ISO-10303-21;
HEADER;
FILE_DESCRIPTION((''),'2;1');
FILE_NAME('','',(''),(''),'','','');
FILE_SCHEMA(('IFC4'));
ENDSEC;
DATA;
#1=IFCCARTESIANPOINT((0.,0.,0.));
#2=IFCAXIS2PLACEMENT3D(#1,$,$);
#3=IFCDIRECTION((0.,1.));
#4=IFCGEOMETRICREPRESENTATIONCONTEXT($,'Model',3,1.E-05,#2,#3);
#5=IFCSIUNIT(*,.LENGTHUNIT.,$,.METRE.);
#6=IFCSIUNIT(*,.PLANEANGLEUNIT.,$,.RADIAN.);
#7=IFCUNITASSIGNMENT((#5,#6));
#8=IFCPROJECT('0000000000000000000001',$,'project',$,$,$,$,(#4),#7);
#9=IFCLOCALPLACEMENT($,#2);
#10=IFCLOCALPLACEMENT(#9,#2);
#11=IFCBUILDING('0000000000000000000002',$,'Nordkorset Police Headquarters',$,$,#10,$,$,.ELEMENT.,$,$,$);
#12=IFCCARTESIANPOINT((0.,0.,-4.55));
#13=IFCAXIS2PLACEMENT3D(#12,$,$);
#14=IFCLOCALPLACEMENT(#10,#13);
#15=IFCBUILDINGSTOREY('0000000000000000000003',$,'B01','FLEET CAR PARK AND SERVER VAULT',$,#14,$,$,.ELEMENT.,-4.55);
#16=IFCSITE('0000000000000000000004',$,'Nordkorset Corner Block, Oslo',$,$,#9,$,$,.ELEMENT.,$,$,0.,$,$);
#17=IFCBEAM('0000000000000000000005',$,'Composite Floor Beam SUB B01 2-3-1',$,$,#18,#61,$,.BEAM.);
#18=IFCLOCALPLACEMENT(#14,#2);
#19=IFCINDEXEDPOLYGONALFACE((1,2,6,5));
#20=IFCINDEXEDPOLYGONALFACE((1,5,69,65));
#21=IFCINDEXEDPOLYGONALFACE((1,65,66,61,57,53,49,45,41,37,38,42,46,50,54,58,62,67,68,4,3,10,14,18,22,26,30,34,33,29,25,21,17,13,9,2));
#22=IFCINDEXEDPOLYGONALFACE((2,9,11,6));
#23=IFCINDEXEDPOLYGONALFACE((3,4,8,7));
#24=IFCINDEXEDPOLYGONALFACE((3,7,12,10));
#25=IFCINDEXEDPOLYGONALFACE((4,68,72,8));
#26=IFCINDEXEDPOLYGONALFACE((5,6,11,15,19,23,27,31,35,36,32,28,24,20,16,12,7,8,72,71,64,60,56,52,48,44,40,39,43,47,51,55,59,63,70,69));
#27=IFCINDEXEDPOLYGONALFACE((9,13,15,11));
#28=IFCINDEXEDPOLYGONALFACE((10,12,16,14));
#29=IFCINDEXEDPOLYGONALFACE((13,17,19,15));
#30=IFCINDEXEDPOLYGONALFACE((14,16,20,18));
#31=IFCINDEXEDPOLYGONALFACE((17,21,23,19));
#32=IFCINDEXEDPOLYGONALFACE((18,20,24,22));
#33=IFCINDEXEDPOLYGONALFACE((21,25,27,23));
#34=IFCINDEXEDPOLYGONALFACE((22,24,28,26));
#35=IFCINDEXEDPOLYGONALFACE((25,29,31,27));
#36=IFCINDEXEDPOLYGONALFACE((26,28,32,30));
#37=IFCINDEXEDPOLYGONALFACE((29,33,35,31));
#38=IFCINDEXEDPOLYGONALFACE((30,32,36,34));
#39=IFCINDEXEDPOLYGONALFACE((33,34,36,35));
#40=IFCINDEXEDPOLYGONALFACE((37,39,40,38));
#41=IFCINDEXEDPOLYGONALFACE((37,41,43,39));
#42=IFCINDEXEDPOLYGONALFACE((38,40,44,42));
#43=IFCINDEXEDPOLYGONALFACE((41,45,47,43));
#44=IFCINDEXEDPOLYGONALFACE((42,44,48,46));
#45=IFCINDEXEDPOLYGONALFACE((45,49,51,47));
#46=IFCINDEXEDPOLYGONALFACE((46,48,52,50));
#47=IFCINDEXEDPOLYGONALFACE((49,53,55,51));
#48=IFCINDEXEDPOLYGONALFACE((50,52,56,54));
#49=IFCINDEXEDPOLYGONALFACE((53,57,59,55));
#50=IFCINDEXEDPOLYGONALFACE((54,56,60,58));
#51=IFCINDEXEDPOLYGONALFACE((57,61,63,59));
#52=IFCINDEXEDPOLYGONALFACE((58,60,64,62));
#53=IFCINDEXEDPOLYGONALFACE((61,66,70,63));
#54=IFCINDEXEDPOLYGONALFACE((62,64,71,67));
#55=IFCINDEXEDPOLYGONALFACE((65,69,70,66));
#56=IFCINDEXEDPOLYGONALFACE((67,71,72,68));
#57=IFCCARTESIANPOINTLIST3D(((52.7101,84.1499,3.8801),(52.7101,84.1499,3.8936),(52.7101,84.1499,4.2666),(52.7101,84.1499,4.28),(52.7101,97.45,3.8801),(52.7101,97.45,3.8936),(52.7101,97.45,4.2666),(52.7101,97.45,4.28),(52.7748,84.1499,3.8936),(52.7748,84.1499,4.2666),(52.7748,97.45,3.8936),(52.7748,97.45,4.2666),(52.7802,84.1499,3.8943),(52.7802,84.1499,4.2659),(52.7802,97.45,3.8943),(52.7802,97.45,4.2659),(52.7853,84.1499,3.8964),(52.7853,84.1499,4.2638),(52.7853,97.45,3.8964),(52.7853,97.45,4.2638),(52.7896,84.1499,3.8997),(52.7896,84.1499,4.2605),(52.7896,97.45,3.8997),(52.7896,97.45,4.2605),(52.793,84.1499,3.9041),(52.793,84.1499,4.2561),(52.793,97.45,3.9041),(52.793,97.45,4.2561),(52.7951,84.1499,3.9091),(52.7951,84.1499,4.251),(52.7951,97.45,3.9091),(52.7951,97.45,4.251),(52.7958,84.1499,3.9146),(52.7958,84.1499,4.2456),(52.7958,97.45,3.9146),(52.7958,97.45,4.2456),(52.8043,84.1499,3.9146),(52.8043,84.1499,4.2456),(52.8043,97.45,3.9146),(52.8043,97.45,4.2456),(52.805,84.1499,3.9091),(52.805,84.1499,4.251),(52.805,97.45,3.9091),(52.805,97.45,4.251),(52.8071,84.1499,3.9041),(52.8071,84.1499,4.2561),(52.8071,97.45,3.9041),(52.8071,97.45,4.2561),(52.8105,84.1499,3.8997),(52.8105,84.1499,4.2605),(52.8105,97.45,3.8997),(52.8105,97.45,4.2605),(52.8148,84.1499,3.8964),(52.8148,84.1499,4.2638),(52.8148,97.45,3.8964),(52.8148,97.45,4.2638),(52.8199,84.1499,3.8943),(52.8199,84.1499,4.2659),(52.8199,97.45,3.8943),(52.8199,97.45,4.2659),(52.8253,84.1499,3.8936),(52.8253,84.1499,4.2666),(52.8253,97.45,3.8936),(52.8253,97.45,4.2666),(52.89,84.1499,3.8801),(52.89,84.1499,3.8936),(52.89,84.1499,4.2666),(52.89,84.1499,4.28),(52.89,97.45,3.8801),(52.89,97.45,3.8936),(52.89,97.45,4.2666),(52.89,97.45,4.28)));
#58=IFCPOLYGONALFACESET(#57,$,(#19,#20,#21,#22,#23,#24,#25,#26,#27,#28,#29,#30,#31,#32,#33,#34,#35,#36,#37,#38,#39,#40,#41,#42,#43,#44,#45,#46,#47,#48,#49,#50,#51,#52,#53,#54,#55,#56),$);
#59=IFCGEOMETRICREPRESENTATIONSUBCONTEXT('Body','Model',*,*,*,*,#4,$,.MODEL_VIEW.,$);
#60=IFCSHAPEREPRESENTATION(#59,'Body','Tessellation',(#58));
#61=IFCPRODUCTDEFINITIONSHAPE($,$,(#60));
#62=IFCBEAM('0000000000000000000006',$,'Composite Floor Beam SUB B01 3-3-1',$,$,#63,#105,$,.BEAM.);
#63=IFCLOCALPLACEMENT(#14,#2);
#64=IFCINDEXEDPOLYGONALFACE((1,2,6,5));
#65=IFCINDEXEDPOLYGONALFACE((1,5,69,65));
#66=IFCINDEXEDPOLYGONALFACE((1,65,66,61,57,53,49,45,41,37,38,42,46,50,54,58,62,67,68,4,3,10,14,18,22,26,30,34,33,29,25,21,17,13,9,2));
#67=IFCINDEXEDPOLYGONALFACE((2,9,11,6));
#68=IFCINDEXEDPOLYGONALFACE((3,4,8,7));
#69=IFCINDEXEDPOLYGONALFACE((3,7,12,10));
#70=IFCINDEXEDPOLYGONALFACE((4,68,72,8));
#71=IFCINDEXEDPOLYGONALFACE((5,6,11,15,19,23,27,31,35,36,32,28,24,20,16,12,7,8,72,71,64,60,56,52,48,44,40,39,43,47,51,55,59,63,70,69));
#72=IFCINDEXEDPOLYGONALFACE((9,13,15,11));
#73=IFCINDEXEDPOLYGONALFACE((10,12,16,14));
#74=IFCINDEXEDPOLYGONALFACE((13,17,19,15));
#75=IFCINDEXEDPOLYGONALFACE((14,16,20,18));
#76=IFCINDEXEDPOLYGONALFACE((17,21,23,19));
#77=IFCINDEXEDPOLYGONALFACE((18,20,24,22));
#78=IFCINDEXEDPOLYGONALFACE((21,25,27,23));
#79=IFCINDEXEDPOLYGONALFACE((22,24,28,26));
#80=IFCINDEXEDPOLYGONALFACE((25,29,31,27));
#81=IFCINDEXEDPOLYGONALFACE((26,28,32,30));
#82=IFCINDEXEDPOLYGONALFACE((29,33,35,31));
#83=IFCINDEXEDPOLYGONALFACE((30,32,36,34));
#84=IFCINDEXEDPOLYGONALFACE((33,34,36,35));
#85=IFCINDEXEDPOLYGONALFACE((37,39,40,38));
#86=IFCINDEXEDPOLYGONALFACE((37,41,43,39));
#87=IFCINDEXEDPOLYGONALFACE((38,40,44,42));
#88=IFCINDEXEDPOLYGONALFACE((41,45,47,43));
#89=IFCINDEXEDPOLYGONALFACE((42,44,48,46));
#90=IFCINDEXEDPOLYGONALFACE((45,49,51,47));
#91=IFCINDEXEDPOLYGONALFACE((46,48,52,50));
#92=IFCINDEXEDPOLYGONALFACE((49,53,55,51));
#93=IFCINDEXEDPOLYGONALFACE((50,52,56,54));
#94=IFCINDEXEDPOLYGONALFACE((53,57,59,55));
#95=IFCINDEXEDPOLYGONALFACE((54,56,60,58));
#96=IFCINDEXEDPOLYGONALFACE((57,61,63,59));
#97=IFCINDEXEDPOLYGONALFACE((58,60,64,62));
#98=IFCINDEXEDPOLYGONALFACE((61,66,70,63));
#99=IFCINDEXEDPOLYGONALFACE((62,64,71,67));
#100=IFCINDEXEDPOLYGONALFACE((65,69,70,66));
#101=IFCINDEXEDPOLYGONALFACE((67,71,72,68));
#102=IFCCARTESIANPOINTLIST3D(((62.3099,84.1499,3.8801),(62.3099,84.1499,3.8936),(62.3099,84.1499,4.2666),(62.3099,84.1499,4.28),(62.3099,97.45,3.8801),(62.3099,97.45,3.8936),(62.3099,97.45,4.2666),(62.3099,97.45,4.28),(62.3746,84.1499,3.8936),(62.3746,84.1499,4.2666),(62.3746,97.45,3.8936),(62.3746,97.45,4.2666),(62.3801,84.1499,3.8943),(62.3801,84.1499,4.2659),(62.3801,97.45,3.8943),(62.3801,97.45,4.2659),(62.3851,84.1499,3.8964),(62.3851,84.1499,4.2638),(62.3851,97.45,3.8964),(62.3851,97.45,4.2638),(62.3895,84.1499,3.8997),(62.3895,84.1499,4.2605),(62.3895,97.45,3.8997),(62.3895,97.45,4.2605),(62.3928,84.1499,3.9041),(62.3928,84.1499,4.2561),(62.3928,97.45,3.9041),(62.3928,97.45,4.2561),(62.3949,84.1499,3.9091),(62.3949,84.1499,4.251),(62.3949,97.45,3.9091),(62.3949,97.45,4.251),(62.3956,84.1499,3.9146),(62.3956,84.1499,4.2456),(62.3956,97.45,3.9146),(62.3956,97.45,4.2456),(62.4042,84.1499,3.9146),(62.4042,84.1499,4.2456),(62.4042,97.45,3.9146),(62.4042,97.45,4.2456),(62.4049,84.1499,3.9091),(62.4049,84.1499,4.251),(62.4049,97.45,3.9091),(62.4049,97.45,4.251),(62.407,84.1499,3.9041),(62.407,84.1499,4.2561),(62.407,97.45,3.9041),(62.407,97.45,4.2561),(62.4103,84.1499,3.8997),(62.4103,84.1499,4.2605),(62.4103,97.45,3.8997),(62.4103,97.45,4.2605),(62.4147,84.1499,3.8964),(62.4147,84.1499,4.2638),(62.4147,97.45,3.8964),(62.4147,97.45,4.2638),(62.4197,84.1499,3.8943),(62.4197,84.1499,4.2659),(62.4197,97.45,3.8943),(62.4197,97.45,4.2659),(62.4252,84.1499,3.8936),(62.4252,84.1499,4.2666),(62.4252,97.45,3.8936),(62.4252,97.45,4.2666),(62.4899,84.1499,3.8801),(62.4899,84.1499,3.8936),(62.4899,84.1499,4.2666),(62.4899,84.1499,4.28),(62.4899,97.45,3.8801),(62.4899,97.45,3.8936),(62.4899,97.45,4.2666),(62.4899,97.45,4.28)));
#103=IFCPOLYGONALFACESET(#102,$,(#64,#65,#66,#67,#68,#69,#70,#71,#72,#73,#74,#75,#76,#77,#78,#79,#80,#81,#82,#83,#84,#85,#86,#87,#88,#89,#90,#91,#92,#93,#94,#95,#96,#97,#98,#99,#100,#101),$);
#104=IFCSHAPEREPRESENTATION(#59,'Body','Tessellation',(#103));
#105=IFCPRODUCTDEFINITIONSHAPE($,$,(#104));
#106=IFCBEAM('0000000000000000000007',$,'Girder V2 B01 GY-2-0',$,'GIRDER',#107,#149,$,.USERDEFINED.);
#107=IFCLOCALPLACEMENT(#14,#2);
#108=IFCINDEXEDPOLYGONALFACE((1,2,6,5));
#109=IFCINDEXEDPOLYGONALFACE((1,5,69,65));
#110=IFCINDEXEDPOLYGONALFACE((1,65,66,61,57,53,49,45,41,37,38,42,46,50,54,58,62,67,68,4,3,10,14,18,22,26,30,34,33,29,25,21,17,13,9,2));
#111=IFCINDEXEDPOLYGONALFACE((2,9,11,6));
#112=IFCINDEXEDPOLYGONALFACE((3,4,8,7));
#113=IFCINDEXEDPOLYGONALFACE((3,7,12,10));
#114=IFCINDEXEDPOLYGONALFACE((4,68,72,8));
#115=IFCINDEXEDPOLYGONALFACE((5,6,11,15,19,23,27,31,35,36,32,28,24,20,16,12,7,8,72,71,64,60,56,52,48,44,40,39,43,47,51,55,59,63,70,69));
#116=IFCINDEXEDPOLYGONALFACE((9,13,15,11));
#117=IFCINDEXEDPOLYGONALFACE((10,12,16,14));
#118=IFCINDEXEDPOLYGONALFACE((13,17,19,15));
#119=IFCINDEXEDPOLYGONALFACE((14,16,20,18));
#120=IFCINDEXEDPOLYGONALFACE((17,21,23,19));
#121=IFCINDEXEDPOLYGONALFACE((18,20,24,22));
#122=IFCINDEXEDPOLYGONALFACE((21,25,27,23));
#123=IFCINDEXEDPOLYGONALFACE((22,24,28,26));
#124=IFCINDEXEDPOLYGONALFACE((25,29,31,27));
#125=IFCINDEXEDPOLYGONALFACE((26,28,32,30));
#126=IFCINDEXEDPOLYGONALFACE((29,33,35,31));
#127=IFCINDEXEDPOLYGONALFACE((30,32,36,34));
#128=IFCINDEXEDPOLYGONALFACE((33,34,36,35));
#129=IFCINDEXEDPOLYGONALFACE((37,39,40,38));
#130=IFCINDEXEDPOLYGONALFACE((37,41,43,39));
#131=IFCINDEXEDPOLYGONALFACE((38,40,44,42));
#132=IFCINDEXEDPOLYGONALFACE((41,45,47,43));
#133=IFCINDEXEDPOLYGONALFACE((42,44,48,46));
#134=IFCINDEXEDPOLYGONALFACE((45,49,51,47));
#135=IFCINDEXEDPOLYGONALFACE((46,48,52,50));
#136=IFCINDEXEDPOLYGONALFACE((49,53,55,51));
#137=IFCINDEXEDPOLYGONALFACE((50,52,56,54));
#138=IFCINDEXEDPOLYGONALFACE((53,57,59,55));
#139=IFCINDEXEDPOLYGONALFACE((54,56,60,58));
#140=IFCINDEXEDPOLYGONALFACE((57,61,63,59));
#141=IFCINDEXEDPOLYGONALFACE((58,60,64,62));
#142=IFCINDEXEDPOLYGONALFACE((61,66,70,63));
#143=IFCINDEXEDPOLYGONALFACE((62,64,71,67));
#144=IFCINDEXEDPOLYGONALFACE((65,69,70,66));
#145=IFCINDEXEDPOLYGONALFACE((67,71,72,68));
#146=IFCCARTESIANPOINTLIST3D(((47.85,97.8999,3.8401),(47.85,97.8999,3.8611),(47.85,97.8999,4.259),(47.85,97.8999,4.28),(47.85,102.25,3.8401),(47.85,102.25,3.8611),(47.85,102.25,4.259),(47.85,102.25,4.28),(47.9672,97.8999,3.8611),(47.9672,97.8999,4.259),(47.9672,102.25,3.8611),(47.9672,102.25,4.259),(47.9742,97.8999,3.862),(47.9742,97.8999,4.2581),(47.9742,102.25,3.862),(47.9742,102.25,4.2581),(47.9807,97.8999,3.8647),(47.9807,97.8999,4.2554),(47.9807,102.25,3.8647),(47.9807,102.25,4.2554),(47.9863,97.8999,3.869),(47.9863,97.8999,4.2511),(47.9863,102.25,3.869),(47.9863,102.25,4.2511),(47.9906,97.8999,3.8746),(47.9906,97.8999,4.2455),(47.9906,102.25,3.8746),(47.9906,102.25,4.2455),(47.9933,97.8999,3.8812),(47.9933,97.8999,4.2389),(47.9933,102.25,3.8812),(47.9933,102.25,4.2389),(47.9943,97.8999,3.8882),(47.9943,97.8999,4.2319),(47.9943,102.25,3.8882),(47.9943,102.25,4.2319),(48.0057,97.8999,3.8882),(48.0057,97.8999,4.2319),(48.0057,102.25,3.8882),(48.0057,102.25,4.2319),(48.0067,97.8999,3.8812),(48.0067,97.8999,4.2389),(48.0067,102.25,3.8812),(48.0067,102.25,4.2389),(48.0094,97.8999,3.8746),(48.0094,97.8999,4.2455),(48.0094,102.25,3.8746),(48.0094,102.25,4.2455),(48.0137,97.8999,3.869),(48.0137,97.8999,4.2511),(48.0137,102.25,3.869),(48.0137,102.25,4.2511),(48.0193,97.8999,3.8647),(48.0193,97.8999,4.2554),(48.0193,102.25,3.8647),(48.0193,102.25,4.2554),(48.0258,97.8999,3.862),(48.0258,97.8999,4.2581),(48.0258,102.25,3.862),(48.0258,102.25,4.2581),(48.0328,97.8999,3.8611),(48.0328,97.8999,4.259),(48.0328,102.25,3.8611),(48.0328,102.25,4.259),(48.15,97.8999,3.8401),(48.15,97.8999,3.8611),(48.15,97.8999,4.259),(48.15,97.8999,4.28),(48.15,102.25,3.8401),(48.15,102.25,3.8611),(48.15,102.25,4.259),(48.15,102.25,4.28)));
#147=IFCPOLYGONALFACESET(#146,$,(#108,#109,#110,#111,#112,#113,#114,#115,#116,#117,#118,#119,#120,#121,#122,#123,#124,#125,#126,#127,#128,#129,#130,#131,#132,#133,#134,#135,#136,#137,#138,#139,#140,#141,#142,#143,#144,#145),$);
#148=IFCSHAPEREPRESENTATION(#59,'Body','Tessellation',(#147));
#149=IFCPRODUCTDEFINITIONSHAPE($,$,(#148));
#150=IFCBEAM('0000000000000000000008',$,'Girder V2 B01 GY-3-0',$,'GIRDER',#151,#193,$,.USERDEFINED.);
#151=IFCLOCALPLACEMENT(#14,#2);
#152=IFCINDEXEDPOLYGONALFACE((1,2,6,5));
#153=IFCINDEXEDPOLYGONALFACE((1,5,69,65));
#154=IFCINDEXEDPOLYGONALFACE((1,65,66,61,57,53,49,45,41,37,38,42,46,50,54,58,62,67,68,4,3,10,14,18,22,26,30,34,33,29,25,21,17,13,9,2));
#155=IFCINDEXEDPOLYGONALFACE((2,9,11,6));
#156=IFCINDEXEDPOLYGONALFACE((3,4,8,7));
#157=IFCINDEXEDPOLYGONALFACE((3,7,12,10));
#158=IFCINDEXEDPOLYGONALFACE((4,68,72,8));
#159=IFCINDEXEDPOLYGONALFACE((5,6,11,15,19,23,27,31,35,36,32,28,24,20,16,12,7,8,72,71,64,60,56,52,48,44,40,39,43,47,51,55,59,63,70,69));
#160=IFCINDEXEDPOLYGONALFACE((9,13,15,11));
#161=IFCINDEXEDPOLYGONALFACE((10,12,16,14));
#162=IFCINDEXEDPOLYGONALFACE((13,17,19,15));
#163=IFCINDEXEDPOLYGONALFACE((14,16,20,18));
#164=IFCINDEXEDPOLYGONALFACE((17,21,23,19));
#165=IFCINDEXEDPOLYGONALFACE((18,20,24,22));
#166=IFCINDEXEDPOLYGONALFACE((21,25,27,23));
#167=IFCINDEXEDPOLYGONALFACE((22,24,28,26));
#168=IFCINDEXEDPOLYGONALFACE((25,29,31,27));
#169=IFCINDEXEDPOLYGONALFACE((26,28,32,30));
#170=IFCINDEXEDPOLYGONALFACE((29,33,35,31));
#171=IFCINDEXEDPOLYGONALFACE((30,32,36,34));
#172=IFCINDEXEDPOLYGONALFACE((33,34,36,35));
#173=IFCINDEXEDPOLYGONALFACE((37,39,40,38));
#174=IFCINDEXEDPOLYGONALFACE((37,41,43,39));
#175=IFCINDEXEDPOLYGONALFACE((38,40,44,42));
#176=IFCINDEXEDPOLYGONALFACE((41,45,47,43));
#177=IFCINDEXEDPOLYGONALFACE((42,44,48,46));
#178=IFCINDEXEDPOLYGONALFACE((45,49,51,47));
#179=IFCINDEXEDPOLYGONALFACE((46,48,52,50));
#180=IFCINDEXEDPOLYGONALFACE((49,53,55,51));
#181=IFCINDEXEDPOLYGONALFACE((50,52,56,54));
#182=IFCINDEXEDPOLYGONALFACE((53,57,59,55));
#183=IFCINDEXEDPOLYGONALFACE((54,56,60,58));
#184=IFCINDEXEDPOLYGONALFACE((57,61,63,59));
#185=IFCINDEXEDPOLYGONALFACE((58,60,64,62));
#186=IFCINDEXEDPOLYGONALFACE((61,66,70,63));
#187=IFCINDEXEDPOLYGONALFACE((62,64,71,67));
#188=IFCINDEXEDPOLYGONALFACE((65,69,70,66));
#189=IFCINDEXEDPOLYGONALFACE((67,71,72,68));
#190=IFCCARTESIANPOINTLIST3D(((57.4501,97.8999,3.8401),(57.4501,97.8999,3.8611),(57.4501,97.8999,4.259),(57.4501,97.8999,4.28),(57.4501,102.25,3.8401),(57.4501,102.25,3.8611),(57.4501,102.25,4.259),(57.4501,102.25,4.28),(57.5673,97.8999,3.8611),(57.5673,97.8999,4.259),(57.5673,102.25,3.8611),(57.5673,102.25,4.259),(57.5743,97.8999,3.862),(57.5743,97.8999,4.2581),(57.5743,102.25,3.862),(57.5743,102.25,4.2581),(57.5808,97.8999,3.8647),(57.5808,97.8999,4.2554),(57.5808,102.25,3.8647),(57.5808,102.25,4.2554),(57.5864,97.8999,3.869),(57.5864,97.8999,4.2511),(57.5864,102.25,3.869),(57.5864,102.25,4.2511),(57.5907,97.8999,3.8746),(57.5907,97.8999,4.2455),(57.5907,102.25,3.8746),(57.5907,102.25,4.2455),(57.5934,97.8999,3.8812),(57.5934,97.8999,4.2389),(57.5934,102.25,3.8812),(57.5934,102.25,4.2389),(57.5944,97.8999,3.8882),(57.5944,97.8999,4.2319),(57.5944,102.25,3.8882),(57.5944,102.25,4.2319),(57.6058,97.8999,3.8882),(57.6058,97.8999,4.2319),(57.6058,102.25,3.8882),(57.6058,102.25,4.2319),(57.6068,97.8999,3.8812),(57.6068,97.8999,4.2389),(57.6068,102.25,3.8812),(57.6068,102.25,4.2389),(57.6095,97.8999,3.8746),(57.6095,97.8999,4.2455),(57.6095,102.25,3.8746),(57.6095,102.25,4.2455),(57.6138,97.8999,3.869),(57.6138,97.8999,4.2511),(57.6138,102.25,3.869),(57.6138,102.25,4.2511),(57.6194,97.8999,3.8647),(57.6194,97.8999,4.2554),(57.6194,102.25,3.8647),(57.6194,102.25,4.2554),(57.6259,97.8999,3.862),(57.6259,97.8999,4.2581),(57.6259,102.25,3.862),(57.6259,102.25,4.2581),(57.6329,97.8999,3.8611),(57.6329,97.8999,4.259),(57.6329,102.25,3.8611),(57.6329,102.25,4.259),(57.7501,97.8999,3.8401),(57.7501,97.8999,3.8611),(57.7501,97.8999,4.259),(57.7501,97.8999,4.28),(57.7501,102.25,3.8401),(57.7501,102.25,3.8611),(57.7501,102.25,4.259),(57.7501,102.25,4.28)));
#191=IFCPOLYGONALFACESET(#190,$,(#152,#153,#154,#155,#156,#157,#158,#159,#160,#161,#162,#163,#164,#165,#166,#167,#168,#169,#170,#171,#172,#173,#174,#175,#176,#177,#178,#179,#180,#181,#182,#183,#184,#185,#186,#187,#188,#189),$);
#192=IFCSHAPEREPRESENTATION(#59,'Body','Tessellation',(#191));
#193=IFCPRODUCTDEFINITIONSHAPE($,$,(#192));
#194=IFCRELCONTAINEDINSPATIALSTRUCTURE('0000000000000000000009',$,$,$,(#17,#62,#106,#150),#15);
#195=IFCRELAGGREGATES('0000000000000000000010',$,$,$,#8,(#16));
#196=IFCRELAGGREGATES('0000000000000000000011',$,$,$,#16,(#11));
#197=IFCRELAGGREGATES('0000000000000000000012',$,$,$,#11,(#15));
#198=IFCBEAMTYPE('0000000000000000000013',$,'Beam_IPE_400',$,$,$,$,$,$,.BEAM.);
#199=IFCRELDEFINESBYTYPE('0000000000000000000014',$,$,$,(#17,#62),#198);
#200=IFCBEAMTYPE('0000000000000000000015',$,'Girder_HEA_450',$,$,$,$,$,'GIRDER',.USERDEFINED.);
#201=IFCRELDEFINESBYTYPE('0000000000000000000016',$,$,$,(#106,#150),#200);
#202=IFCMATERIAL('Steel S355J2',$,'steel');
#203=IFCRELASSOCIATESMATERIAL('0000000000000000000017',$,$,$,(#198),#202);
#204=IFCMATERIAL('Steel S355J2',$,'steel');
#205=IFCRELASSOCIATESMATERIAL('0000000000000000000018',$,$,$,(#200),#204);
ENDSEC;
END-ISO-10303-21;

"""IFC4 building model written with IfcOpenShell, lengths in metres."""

from ifc_helpers import new_model, si_unit, direction, frame, origin, origin_2d, place, context, subcontext, project, spatial, i_section, extrude, material, material_profile, profile_set, type_object, element, save


model = new_model("IFC4")

# Units and contexts
model_context = context("Model", 3, precision=1e-05, world=origin(), true_north=direction((0.0, 1.0)))
body_context = subcontext(model_context, "Body", "Model", "MODEL_VIEW")
ifc_project = project(units=[si_unit("LENGTHUNIT", "METRE"), si_unit("PLANEANGLEUNIT", "RADIAN")], contexts=[model_context])

# Site, building, storey
site_placement = place(None, origin())
site = spatial("IfcSite", under=ifc_project, at=site_placement, Name="Nordkorset Corner Block, Oslo", CompositionType="ELEMENT", RefElevation=0.0)
building_placement = place(site_placement, origin())
building = spatial("IfcBuilding", under=site, at=building_placement, Name="Nordkorset Police Headquarters", CompositionType="ELEMENT")
storey_placement = place(building_placement, frame((0.0, 0.0, -4.55)))
storey = spatial("IfcBuildingStorey", under=building, at=storey_placement, Name="B01", Description="FLEET CAR PARK AND SERVER VAULT", CompositionType="ELEMENT", Elevation=-4.55)

# Beams
ifc_material_1 = material(Name="Steel S355J2", Category="steel")
ifc_material_profile_1 = material_profile(ifc_material_1, i_section(OverallWidth=0.1799, OverallDepth=0.3999, WebThickness=0.0085, FlangeThickness=0.0134, FilletRadius=0.021, at=origin_2d()), Name="IPE 400")
ifc_profile_set_1 = profile_set([ifc_material_profile_1], Name="Steel S355J2")
beam_type_1 = type_object("IfcBeamType", Name="Beam_IPE_400", PredefinedType="BEAM", material=ifc_profile_set_1)
for number, where, z_axis, x_axis, name in (
    (1, (52.8, 84.1499, 4.0801), (0.0, 1.0, 0.0), (-1.0, 0.0, 0.0), "Composite Floor Beam SUB B01 2-3-1"),
    (2, (62.3999, 84.1499, 4.0801), (0.0, 1.0, 0.0), (-1.0, 0.0, 0.0), "Composite Floor Beam SUB B01 3-3-1"),
):
    element("IfcBeam", number, at=place(storey_placement, frame(where, z_axis=z_axis, x_axis=x_axis)), inside=storey, type_object=beam_type_1, Name=name, PredefinedType="BEAM", context=body_context, shape_type="SweptSolid", body=[
        extrude(i_section(OverallWidth=0.1799, OverallDepth=0.3999, WebThickness=0.0085, FlangeThickness=0.0134, FilletRadius=0.021, at=origin_2d()), origin(), (0.0, 0.0, 1.0), 13.3),
    ])
ifc_material_2 = material(Name="Steel S355J2", Category="steel")
ifc_material_profile_2 = material_profile(ifc_material_2, i_section(OverallWidth=0.3, OverallDepth=0.4399, WebThickness=0.0115, FlangeThickness=0.021, FilletRadius=0.0271, at=origin_2d()), Name="HEA 450")
ifc_profile_set_2 = profile_set([ifc_material_profile_2], Name="Steel S355J2")
beam_type_2 = type_object("IfcBeamType", Name="Girder_HEA_450", ElementType="GIRDER", PredefinedType="USERDEFINED", material=ifc_profile_set_2)
for number, where, z_axis, x_axis, name in (
    (3, (48.0, 97.8999, 4.0601), (0.0, 1.0, 0.0), (-1.0, 0.0, 0.0), "Girder V2 B01 GY-2-0"),
    (4, (57.6001, 97.8999, 4.0601), (0.0, 1.0, 0.0), (-1.0, 0.0, 0.0), "Girder V2 B01 GY-3-0"),
):
    element("IfcBeam", number, at=place(storey_placement, frame(where, z_axis=z_axis, x_axis=x_axis)), inside=storey, type_object=beam_type_2, Name=name, ObjectType="GIRDER", PredefinedType="USERDEFINED", context=body_context, shape_type="SweptSolid", body=[
        extrude(i_section(OverallWidth=0.3, OverallDepth=0.4399, WebThickness=0.0115, FlangeThickness=0.021, FilletRadius=0.0271, at=origin_2d()), origin(), (0.0, 0.0, 1.0), 4.3501),
    ])

save(model, "model.ifc")
